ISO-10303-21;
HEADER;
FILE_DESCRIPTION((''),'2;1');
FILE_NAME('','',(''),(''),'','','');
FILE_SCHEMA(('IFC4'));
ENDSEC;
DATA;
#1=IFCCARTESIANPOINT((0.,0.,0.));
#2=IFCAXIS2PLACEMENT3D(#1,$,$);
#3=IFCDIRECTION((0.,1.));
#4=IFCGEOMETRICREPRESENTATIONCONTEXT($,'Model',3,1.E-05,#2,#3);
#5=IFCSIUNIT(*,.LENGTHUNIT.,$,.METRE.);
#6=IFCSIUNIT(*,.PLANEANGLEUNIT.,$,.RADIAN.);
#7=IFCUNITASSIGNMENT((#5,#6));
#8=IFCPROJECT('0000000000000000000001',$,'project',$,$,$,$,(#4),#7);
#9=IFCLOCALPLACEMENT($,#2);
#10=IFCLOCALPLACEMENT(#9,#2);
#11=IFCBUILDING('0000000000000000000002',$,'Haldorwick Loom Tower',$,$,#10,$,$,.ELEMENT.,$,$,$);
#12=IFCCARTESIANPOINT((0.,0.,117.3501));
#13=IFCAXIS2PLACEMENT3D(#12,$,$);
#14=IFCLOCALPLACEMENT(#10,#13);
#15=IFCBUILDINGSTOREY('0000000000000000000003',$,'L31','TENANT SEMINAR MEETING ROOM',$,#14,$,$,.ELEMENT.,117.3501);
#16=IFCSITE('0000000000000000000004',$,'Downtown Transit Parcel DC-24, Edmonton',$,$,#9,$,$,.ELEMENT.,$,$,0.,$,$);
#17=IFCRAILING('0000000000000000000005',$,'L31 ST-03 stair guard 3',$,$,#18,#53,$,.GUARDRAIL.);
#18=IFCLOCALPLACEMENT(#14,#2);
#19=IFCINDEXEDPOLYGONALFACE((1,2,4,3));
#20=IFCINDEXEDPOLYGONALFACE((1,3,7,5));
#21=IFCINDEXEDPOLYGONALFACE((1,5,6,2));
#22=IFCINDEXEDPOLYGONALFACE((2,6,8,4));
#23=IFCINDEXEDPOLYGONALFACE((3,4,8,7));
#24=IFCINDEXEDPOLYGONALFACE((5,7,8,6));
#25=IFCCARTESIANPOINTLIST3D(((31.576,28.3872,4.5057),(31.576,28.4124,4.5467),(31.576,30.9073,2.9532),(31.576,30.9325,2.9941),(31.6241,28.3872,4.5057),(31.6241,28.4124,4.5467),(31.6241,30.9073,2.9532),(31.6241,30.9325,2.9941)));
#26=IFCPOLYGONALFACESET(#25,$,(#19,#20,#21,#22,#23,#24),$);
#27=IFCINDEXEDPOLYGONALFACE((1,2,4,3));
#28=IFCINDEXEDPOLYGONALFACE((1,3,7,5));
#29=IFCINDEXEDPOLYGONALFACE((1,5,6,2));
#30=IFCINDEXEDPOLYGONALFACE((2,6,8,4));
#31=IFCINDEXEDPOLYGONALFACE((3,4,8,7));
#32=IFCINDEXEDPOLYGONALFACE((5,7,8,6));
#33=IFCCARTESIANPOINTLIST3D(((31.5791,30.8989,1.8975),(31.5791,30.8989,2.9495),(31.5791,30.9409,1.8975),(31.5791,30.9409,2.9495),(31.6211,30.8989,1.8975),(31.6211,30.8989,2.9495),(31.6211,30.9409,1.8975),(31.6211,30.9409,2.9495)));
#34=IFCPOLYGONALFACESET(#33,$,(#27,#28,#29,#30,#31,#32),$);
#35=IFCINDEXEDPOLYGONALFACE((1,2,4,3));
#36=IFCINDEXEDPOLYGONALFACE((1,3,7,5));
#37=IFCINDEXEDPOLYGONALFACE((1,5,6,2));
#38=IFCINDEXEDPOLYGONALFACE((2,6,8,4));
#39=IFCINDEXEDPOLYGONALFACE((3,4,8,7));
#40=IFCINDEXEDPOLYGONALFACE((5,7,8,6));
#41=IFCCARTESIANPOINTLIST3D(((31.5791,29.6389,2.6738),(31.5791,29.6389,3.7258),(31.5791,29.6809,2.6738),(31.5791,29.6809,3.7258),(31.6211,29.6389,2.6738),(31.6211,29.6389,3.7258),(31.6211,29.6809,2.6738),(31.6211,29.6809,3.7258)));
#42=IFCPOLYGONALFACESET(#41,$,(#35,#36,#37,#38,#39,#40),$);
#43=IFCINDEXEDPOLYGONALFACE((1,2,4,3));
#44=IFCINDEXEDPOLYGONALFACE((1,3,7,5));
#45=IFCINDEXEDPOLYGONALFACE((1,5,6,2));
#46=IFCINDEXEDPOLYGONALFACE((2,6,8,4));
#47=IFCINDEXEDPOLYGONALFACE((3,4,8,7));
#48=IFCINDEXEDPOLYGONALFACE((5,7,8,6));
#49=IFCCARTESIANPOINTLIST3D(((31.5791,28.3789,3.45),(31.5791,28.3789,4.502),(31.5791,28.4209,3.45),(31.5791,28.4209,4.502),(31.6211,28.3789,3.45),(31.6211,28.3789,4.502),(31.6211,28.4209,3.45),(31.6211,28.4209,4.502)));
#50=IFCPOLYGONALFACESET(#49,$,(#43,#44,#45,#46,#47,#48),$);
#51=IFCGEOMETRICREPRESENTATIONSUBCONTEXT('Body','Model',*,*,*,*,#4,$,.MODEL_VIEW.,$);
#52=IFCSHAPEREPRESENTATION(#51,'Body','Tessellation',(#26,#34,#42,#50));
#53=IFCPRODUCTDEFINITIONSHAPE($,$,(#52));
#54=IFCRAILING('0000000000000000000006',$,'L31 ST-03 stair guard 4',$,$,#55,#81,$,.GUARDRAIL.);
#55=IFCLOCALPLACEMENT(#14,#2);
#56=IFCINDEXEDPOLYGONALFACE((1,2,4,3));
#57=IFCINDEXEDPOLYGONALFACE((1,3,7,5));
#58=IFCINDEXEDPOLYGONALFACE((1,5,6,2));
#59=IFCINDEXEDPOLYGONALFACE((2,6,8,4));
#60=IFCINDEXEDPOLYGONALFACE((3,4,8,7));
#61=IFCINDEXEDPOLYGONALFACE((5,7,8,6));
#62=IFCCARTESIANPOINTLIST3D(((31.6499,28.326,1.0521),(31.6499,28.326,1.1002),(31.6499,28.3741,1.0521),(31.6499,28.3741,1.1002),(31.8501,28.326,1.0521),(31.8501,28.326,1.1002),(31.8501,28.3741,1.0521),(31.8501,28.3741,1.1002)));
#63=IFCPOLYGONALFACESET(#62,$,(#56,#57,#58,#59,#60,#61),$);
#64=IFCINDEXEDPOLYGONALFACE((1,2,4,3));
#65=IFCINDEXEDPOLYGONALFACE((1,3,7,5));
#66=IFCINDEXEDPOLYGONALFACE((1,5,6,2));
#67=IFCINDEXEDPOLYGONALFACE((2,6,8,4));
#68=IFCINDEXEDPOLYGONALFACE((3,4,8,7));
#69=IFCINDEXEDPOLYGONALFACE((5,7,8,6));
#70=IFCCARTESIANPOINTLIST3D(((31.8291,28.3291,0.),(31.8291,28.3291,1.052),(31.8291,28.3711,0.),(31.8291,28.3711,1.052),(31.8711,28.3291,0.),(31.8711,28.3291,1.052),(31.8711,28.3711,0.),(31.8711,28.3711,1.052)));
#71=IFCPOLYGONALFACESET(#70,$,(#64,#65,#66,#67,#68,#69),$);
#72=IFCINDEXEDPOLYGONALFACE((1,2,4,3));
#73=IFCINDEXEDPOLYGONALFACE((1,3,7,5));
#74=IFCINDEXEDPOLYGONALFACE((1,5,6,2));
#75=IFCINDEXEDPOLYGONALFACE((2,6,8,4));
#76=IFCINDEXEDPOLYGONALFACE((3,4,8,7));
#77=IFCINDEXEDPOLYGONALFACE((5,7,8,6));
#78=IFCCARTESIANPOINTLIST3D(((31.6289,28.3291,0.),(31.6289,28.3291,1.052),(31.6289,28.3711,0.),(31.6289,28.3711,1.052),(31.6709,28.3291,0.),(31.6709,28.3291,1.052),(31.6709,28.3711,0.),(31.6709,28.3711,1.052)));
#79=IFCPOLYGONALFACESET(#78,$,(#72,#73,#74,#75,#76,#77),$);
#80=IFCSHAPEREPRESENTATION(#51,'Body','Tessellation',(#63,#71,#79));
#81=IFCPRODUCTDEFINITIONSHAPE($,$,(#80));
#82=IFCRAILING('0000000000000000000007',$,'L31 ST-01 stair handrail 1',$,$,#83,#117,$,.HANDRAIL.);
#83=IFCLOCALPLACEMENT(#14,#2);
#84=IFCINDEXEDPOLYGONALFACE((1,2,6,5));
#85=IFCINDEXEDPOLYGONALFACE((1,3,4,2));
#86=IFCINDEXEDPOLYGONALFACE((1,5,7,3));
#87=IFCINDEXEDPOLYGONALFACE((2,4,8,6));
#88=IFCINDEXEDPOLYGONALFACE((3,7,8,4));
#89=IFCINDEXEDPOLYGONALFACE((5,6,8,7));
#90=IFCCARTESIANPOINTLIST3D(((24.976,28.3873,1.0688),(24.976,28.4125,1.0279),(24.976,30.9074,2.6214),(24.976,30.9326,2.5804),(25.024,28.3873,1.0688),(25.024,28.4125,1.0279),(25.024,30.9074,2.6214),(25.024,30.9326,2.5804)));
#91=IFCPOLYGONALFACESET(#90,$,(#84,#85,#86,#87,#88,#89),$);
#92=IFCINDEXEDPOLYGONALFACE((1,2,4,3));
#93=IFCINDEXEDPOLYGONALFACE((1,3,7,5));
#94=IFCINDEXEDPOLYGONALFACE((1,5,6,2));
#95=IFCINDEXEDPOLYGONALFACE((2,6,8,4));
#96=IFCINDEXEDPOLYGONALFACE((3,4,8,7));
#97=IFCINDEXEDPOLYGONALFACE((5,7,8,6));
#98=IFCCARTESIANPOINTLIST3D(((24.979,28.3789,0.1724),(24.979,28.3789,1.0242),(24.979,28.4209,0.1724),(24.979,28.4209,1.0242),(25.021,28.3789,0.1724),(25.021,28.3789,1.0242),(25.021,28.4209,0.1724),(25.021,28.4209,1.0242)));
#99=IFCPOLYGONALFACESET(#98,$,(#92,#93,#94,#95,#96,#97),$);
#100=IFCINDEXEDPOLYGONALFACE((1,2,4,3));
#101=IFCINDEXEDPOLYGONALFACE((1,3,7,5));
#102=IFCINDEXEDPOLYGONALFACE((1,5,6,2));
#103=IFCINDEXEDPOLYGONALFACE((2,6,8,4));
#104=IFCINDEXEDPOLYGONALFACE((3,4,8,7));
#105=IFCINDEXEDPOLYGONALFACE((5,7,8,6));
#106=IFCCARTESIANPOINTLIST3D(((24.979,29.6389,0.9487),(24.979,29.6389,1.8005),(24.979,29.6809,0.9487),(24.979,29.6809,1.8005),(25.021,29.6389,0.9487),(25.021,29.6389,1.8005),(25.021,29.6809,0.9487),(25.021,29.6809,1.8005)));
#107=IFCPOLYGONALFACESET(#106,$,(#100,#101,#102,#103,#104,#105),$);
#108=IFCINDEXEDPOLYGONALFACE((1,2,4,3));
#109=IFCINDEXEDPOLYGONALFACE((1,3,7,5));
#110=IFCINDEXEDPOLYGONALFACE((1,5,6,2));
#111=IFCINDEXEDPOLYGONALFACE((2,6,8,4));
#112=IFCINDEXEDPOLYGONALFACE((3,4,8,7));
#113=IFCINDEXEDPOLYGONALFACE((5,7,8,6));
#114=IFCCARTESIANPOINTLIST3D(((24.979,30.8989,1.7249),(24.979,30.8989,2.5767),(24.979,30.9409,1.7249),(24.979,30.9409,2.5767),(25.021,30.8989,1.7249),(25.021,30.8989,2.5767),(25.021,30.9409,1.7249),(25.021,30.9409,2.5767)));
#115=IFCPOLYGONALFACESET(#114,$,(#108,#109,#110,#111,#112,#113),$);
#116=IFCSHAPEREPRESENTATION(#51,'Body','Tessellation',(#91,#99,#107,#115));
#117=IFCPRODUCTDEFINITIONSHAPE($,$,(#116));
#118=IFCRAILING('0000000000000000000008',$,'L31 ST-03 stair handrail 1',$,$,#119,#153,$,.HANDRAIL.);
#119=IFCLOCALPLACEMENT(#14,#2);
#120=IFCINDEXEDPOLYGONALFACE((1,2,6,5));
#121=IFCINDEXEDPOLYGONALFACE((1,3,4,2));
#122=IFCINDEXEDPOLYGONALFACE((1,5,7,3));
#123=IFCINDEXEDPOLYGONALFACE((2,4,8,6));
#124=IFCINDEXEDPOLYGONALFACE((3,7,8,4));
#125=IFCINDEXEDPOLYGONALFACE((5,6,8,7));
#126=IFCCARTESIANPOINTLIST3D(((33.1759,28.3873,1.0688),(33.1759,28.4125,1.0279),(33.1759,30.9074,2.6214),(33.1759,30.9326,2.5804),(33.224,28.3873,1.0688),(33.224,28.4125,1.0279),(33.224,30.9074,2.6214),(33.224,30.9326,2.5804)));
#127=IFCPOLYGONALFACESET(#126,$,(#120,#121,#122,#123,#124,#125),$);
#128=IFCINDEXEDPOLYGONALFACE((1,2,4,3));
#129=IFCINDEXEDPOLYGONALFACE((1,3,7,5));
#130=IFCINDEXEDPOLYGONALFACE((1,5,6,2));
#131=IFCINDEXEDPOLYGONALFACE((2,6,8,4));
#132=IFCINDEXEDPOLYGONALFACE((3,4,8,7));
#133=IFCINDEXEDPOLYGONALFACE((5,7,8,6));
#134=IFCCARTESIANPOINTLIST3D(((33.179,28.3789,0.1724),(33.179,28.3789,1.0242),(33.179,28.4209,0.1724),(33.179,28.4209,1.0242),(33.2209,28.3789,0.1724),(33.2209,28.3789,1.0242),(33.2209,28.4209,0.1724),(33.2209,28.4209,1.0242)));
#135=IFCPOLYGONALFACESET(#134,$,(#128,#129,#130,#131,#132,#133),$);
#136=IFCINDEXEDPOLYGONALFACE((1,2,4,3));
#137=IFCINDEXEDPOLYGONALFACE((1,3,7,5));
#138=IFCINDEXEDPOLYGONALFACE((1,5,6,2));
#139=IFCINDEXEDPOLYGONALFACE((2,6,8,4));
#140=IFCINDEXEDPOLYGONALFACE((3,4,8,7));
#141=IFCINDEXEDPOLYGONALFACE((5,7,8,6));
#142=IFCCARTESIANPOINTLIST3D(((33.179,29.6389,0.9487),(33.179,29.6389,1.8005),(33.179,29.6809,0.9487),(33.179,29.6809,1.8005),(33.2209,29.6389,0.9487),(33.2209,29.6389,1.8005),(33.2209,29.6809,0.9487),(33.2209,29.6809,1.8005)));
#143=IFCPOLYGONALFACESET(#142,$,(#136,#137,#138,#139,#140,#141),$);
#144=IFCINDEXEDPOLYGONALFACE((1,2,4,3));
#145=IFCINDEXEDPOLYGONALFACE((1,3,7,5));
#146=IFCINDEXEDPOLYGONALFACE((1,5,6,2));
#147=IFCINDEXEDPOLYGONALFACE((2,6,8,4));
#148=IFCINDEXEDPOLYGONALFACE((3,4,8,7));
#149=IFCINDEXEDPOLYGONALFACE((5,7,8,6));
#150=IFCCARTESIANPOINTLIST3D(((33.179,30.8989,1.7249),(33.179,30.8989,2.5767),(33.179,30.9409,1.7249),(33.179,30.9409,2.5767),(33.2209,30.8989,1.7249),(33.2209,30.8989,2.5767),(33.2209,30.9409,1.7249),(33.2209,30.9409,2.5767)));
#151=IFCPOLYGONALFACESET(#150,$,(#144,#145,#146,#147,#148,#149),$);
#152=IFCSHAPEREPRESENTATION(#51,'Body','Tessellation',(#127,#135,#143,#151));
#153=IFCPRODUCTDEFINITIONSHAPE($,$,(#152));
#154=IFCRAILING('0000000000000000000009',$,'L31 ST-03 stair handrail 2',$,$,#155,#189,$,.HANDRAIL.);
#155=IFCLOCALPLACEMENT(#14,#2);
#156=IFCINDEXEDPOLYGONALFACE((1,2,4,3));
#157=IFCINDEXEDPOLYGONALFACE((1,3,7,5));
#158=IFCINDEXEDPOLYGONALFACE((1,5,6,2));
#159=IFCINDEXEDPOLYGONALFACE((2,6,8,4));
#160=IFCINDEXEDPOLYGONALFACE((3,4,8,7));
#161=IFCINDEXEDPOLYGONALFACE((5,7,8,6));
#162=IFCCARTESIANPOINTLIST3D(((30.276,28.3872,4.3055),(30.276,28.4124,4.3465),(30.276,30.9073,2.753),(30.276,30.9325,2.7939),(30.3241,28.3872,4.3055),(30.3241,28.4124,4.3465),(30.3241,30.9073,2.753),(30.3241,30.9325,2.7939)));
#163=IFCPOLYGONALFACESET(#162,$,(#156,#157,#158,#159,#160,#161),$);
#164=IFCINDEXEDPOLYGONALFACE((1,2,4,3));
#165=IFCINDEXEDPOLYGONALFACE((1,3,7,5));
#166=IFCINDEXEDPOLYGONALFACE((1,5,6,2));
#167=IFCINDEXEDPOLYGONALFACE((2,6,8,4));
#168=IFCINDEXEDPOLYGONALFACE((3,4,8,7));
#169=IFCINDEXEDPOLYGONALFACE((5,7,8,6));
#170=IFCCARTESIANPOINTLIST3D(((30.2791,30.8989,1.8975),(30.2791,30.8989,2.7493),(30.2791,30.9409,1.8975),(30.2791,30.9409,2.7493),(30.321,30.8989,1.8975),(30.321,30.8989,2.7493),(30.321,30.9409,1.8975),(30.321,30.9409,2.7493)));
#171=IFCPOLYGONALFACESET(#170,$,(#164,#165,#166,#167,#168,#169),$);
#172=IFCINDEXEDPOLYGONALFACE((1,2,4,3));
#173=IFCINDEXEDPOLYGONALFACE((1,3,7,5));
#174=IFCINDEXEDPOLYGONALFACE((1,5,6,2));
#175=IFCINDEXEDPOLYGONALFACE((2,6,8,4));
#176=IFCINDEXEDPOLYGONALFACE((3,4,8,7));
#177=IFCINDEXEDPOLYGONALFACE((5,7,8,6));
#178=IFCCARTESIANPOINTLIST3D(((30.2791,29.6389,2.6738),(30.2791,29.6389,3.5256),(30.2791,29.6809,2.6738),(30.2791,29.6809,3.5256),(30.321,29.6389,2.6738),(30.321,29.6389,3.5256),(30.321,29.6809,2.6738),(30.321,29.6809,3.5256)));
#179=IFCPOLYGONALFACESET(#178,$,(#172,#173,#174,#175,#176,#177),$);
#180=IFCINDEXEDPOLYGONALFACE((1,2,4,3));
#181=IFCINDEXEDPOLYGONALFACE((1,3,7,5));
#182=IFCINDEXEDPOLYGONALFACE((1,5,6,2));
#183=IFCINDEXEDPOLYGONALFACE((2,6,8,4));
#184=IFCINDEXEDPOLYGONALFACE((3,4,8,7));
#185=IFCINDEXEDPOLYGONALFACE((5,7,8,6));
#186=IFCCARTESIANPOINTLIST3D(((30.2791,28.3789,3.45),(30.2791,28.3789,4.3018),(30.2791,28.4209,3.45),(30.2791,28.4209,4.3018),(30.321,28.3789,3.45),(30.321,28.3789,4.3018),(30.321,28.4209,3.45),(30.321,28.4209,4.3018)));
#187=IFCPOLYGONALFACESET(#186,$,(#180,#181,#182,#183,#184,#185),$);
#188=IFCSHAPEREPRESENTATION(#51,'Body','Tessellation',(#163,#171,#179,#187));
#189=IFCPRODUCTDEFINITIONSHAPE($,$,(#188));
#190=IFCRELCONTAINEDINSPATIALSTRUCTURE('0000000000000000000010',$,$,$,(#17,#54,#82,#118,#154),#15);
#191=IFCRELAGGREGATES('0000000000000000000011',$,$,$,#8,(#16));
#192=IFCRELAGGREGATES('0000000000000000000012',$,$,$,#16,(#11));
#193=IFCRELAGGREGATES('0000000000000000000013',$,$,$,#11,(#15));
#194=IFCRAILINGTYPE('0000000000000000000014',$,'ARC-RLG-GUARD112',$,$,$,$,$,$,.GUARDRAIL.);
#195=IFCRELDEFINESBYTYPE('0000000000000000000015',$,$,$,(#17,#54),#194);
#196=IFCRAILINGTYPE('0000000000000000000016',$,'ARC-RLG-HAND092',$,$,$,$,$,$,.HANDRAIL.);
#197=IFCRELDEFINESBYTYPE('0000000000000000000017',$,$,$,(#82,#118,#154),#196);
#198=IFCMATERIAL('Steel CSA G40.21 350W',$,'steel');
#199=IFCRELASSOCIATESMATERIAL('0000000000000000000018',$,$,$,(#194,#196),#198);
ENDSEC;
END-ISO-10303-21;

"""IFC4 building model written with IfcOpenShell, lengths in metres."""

from ifc_helpers import new_model, si_unit, direction, frame, origin, origin_2d, place, context, subcontext, project, spatial, rectangle, extrude, material, type_object, element, save


model = new_model("IFC4")

# Units and contexts
model_context = context("Model", 3, precision=1e-05, world=origin(), true_north=direction((0.0, 1.0)))
body_context = subcontext(model_context, "Body", "Model", "MODEL_VIEW")
ifc_project = project(units=[si_unit("LENGTHUNIT", "METRE"), si_unit("PLANEANGLEUNIT", "RADIAN")], contexts=[model_context])

# Site, building, storey
site_placement = place(None, origin())
site = spatial("IfcSite", under=ifc_project, at=site_placement, Name="Downtown Transit Parcel DC-24, Edmonton", CompositionType="ELEMENT", RefElevation=0.0)
building_placement = place(site_placement, origin())
building = spatial("IfcBuilding", under=site, at=building_placement, Name="Haldorwick Loom Tower", CompositionType="ELEMENT")
storey_placement = place(building_placement, frame((0.0, 0.0, 117.3501)))
storey = spatial("IfcBuildingStorey", under=building, at=storey_placement, Name="L31", Description="TENANT SEMINAR MEETING ROOM", CompositionType="ELEMENT", Elevation=117.3501)

# Shared definitions
ifc_material_1 = material(Name="Steel CSA G40.21 350W", Category="steel")

# Railings
railing_type_1 = type_object("IfcRailingType", Name="ARC-RLG-GUARD112", PredefinedType="GUARDRAIL", material=ifc_material_1)
railing_1_placement = place(storey_placement, frame((31.6001, 30.9199, 1.8975)))
element("IfcRailing", 1, at=railing_1_placement, inside=storey, type_object=railing_type_1, Name="L31 ST-03 stair guard 3", PredefinedType="GUARDRAIL", context=body_context, shape_type="SweptSolid", body=[
    extrude(rectangle(XDim=0.0481, YDim=0.0481, at=origin_2d()), frame((0.0, 0.0, 1.0762), z_axis=(0.0, -0.8514, 0.524516), x_axis=(1.0, 0.0, 0.0)), (0.0, 0.0, 1.0), 2.96),
    extrude(rectangle(XDim=0.042, YDim=0.042, at=origin_2d()), origin(), (0.0, 0.0, 1.0), 1.052),
    extrude(rectangle(XDim=0.042, YDim=0.042, at=origin_2d()), frame((0.0, -1.26, 0.7764)), (0.0, 0.0, 1.0), 1.052),
    extrude(rectangle(XDim=0.042, YDim=0.042, at=origin_2d()), frame((0.0, -2.52, 1.5525)), (0.0, 0.0, 1.0), 1.052),
])
railing_2_placement = place(storey_placement, frame((31.8501, 28.3501, 0.0)))
element("IfcRailing", 2, at=railing_2_placement, inside=storey, type_object=railing_type_1, Name="L31 ST-03 stair guard 4", PredefinedType="GUARDRAIL", context=body_context, shape_type="SweptSolid", body=[
    extrude(rectangle(XDim=0.0481, YDim=0.0481, at=origin_2d()), frame((0.0, 0.0, 1.0762), z_axis=(-1.0, 0.0, 0.0), x_axis=(0.0, -1.0, 0.0)), (0.0, 0.0, 1.0), 0.2002),
    extrude(rectangle(XDim=0.042, YDim=0.042, at=origin_2d()), origin(), (0.0, 0.0, 1.0), 1.052),
    extrude(rectangle(XDim=0.042, YDim=0.042, at=origin_2d()), frame((-0.2002, 0.0, 0.0)), (0.0, 0.0, 1.0), 1.052),
])
railing_type_2 = type_object("IfcRailingType", Name="ARC-RLG-HAND092", PredefinedType="HANDRAIL", material=ifc_material_1)
for number, where, name in (
    (3, (25.0, 28.3999, 0.1724), "L31 ST-01 stair handrail 1"),
    (4, (33.2, 28.3999, 0.1724), "L31 ST-03 stair handrail 1"),
):
    element("IfcRailing", number, at=place(storey_placement, frame(where)), inside=storey, type_object=railing_type_2, Name=name, PredefinedType="HANDRAIL", context=body_context, shape_type="SweptSolid", body=[
        extrude(rectangle(XDim=0.0481, YDim=0.0481, at=origin_2d()), frame((0.0, 0.0, 0.876), z_axis=(0.0, 0.8514, 0.524516), x_axis=(-1.0, 0.0, 0.0)), (0.0, 0.0, 1.0), 2.96),
        extrude(rectangle(XDim=0.042, YDim=0.042, at=origin_2d()), origin(), (0.0, 0.0, 1.0), 0.8518),
        extrude(rectangle(XDim=0.042, YDim=0.042, at=origin_2d()), frame((0.0, 1.26, 0.7764)), (0.0, 0.0, 1.0), 0.8518),
        extrude(rectangle(XDim=0.042, YDim=0.042, at=origin_2d()), frame((0.0, 2.52, 1.5525)), (0.0, 0.0, 1.0), 0.8518),
    ])
railing_3_placement = place(storey_placement, frame((30.3, 30.9199, 1.8975)))
element("IfcRailing", 5, at=railing_3_placement, inside=storey, type_object=railing_type_2, Name="L31 ST-03 stair handrail 2", PredefinedType="HANDRAIL", context=body_context, shape_type="SweptSolid", body=[
    extrude(rectangle(XDim=0.0481, YDim=0.0481, at=origin_2d()), frame((0.0, 0.0, 0.876), z_axis=(0.0, -0.8514, 0.524516), x_axis=(1.0, 0.0, 0.0)), (0.0, 0.0, 1.0), 2.96),
    extrude(rectangle(XDim=0.042, YDim=0.042, at=origin_2d()), origin(), (0.0, 0.0, 1.0), 0.8518),
    extrude(rectangle(XDim=0.042, YDim=0.042, at=origin_2d()), frame((0.0, -1.26, 0.7764)), (0.0, 0.0, 1.0), 0.8518),
    extrude(rectangle(XDim=0.042, YDim=0.042, at=origin_2d()), frame((0.0, -2.52, 1.5525)), (0.0, 0.0, 1.0), 0.8518),
])

save(model, "model.ifc")
